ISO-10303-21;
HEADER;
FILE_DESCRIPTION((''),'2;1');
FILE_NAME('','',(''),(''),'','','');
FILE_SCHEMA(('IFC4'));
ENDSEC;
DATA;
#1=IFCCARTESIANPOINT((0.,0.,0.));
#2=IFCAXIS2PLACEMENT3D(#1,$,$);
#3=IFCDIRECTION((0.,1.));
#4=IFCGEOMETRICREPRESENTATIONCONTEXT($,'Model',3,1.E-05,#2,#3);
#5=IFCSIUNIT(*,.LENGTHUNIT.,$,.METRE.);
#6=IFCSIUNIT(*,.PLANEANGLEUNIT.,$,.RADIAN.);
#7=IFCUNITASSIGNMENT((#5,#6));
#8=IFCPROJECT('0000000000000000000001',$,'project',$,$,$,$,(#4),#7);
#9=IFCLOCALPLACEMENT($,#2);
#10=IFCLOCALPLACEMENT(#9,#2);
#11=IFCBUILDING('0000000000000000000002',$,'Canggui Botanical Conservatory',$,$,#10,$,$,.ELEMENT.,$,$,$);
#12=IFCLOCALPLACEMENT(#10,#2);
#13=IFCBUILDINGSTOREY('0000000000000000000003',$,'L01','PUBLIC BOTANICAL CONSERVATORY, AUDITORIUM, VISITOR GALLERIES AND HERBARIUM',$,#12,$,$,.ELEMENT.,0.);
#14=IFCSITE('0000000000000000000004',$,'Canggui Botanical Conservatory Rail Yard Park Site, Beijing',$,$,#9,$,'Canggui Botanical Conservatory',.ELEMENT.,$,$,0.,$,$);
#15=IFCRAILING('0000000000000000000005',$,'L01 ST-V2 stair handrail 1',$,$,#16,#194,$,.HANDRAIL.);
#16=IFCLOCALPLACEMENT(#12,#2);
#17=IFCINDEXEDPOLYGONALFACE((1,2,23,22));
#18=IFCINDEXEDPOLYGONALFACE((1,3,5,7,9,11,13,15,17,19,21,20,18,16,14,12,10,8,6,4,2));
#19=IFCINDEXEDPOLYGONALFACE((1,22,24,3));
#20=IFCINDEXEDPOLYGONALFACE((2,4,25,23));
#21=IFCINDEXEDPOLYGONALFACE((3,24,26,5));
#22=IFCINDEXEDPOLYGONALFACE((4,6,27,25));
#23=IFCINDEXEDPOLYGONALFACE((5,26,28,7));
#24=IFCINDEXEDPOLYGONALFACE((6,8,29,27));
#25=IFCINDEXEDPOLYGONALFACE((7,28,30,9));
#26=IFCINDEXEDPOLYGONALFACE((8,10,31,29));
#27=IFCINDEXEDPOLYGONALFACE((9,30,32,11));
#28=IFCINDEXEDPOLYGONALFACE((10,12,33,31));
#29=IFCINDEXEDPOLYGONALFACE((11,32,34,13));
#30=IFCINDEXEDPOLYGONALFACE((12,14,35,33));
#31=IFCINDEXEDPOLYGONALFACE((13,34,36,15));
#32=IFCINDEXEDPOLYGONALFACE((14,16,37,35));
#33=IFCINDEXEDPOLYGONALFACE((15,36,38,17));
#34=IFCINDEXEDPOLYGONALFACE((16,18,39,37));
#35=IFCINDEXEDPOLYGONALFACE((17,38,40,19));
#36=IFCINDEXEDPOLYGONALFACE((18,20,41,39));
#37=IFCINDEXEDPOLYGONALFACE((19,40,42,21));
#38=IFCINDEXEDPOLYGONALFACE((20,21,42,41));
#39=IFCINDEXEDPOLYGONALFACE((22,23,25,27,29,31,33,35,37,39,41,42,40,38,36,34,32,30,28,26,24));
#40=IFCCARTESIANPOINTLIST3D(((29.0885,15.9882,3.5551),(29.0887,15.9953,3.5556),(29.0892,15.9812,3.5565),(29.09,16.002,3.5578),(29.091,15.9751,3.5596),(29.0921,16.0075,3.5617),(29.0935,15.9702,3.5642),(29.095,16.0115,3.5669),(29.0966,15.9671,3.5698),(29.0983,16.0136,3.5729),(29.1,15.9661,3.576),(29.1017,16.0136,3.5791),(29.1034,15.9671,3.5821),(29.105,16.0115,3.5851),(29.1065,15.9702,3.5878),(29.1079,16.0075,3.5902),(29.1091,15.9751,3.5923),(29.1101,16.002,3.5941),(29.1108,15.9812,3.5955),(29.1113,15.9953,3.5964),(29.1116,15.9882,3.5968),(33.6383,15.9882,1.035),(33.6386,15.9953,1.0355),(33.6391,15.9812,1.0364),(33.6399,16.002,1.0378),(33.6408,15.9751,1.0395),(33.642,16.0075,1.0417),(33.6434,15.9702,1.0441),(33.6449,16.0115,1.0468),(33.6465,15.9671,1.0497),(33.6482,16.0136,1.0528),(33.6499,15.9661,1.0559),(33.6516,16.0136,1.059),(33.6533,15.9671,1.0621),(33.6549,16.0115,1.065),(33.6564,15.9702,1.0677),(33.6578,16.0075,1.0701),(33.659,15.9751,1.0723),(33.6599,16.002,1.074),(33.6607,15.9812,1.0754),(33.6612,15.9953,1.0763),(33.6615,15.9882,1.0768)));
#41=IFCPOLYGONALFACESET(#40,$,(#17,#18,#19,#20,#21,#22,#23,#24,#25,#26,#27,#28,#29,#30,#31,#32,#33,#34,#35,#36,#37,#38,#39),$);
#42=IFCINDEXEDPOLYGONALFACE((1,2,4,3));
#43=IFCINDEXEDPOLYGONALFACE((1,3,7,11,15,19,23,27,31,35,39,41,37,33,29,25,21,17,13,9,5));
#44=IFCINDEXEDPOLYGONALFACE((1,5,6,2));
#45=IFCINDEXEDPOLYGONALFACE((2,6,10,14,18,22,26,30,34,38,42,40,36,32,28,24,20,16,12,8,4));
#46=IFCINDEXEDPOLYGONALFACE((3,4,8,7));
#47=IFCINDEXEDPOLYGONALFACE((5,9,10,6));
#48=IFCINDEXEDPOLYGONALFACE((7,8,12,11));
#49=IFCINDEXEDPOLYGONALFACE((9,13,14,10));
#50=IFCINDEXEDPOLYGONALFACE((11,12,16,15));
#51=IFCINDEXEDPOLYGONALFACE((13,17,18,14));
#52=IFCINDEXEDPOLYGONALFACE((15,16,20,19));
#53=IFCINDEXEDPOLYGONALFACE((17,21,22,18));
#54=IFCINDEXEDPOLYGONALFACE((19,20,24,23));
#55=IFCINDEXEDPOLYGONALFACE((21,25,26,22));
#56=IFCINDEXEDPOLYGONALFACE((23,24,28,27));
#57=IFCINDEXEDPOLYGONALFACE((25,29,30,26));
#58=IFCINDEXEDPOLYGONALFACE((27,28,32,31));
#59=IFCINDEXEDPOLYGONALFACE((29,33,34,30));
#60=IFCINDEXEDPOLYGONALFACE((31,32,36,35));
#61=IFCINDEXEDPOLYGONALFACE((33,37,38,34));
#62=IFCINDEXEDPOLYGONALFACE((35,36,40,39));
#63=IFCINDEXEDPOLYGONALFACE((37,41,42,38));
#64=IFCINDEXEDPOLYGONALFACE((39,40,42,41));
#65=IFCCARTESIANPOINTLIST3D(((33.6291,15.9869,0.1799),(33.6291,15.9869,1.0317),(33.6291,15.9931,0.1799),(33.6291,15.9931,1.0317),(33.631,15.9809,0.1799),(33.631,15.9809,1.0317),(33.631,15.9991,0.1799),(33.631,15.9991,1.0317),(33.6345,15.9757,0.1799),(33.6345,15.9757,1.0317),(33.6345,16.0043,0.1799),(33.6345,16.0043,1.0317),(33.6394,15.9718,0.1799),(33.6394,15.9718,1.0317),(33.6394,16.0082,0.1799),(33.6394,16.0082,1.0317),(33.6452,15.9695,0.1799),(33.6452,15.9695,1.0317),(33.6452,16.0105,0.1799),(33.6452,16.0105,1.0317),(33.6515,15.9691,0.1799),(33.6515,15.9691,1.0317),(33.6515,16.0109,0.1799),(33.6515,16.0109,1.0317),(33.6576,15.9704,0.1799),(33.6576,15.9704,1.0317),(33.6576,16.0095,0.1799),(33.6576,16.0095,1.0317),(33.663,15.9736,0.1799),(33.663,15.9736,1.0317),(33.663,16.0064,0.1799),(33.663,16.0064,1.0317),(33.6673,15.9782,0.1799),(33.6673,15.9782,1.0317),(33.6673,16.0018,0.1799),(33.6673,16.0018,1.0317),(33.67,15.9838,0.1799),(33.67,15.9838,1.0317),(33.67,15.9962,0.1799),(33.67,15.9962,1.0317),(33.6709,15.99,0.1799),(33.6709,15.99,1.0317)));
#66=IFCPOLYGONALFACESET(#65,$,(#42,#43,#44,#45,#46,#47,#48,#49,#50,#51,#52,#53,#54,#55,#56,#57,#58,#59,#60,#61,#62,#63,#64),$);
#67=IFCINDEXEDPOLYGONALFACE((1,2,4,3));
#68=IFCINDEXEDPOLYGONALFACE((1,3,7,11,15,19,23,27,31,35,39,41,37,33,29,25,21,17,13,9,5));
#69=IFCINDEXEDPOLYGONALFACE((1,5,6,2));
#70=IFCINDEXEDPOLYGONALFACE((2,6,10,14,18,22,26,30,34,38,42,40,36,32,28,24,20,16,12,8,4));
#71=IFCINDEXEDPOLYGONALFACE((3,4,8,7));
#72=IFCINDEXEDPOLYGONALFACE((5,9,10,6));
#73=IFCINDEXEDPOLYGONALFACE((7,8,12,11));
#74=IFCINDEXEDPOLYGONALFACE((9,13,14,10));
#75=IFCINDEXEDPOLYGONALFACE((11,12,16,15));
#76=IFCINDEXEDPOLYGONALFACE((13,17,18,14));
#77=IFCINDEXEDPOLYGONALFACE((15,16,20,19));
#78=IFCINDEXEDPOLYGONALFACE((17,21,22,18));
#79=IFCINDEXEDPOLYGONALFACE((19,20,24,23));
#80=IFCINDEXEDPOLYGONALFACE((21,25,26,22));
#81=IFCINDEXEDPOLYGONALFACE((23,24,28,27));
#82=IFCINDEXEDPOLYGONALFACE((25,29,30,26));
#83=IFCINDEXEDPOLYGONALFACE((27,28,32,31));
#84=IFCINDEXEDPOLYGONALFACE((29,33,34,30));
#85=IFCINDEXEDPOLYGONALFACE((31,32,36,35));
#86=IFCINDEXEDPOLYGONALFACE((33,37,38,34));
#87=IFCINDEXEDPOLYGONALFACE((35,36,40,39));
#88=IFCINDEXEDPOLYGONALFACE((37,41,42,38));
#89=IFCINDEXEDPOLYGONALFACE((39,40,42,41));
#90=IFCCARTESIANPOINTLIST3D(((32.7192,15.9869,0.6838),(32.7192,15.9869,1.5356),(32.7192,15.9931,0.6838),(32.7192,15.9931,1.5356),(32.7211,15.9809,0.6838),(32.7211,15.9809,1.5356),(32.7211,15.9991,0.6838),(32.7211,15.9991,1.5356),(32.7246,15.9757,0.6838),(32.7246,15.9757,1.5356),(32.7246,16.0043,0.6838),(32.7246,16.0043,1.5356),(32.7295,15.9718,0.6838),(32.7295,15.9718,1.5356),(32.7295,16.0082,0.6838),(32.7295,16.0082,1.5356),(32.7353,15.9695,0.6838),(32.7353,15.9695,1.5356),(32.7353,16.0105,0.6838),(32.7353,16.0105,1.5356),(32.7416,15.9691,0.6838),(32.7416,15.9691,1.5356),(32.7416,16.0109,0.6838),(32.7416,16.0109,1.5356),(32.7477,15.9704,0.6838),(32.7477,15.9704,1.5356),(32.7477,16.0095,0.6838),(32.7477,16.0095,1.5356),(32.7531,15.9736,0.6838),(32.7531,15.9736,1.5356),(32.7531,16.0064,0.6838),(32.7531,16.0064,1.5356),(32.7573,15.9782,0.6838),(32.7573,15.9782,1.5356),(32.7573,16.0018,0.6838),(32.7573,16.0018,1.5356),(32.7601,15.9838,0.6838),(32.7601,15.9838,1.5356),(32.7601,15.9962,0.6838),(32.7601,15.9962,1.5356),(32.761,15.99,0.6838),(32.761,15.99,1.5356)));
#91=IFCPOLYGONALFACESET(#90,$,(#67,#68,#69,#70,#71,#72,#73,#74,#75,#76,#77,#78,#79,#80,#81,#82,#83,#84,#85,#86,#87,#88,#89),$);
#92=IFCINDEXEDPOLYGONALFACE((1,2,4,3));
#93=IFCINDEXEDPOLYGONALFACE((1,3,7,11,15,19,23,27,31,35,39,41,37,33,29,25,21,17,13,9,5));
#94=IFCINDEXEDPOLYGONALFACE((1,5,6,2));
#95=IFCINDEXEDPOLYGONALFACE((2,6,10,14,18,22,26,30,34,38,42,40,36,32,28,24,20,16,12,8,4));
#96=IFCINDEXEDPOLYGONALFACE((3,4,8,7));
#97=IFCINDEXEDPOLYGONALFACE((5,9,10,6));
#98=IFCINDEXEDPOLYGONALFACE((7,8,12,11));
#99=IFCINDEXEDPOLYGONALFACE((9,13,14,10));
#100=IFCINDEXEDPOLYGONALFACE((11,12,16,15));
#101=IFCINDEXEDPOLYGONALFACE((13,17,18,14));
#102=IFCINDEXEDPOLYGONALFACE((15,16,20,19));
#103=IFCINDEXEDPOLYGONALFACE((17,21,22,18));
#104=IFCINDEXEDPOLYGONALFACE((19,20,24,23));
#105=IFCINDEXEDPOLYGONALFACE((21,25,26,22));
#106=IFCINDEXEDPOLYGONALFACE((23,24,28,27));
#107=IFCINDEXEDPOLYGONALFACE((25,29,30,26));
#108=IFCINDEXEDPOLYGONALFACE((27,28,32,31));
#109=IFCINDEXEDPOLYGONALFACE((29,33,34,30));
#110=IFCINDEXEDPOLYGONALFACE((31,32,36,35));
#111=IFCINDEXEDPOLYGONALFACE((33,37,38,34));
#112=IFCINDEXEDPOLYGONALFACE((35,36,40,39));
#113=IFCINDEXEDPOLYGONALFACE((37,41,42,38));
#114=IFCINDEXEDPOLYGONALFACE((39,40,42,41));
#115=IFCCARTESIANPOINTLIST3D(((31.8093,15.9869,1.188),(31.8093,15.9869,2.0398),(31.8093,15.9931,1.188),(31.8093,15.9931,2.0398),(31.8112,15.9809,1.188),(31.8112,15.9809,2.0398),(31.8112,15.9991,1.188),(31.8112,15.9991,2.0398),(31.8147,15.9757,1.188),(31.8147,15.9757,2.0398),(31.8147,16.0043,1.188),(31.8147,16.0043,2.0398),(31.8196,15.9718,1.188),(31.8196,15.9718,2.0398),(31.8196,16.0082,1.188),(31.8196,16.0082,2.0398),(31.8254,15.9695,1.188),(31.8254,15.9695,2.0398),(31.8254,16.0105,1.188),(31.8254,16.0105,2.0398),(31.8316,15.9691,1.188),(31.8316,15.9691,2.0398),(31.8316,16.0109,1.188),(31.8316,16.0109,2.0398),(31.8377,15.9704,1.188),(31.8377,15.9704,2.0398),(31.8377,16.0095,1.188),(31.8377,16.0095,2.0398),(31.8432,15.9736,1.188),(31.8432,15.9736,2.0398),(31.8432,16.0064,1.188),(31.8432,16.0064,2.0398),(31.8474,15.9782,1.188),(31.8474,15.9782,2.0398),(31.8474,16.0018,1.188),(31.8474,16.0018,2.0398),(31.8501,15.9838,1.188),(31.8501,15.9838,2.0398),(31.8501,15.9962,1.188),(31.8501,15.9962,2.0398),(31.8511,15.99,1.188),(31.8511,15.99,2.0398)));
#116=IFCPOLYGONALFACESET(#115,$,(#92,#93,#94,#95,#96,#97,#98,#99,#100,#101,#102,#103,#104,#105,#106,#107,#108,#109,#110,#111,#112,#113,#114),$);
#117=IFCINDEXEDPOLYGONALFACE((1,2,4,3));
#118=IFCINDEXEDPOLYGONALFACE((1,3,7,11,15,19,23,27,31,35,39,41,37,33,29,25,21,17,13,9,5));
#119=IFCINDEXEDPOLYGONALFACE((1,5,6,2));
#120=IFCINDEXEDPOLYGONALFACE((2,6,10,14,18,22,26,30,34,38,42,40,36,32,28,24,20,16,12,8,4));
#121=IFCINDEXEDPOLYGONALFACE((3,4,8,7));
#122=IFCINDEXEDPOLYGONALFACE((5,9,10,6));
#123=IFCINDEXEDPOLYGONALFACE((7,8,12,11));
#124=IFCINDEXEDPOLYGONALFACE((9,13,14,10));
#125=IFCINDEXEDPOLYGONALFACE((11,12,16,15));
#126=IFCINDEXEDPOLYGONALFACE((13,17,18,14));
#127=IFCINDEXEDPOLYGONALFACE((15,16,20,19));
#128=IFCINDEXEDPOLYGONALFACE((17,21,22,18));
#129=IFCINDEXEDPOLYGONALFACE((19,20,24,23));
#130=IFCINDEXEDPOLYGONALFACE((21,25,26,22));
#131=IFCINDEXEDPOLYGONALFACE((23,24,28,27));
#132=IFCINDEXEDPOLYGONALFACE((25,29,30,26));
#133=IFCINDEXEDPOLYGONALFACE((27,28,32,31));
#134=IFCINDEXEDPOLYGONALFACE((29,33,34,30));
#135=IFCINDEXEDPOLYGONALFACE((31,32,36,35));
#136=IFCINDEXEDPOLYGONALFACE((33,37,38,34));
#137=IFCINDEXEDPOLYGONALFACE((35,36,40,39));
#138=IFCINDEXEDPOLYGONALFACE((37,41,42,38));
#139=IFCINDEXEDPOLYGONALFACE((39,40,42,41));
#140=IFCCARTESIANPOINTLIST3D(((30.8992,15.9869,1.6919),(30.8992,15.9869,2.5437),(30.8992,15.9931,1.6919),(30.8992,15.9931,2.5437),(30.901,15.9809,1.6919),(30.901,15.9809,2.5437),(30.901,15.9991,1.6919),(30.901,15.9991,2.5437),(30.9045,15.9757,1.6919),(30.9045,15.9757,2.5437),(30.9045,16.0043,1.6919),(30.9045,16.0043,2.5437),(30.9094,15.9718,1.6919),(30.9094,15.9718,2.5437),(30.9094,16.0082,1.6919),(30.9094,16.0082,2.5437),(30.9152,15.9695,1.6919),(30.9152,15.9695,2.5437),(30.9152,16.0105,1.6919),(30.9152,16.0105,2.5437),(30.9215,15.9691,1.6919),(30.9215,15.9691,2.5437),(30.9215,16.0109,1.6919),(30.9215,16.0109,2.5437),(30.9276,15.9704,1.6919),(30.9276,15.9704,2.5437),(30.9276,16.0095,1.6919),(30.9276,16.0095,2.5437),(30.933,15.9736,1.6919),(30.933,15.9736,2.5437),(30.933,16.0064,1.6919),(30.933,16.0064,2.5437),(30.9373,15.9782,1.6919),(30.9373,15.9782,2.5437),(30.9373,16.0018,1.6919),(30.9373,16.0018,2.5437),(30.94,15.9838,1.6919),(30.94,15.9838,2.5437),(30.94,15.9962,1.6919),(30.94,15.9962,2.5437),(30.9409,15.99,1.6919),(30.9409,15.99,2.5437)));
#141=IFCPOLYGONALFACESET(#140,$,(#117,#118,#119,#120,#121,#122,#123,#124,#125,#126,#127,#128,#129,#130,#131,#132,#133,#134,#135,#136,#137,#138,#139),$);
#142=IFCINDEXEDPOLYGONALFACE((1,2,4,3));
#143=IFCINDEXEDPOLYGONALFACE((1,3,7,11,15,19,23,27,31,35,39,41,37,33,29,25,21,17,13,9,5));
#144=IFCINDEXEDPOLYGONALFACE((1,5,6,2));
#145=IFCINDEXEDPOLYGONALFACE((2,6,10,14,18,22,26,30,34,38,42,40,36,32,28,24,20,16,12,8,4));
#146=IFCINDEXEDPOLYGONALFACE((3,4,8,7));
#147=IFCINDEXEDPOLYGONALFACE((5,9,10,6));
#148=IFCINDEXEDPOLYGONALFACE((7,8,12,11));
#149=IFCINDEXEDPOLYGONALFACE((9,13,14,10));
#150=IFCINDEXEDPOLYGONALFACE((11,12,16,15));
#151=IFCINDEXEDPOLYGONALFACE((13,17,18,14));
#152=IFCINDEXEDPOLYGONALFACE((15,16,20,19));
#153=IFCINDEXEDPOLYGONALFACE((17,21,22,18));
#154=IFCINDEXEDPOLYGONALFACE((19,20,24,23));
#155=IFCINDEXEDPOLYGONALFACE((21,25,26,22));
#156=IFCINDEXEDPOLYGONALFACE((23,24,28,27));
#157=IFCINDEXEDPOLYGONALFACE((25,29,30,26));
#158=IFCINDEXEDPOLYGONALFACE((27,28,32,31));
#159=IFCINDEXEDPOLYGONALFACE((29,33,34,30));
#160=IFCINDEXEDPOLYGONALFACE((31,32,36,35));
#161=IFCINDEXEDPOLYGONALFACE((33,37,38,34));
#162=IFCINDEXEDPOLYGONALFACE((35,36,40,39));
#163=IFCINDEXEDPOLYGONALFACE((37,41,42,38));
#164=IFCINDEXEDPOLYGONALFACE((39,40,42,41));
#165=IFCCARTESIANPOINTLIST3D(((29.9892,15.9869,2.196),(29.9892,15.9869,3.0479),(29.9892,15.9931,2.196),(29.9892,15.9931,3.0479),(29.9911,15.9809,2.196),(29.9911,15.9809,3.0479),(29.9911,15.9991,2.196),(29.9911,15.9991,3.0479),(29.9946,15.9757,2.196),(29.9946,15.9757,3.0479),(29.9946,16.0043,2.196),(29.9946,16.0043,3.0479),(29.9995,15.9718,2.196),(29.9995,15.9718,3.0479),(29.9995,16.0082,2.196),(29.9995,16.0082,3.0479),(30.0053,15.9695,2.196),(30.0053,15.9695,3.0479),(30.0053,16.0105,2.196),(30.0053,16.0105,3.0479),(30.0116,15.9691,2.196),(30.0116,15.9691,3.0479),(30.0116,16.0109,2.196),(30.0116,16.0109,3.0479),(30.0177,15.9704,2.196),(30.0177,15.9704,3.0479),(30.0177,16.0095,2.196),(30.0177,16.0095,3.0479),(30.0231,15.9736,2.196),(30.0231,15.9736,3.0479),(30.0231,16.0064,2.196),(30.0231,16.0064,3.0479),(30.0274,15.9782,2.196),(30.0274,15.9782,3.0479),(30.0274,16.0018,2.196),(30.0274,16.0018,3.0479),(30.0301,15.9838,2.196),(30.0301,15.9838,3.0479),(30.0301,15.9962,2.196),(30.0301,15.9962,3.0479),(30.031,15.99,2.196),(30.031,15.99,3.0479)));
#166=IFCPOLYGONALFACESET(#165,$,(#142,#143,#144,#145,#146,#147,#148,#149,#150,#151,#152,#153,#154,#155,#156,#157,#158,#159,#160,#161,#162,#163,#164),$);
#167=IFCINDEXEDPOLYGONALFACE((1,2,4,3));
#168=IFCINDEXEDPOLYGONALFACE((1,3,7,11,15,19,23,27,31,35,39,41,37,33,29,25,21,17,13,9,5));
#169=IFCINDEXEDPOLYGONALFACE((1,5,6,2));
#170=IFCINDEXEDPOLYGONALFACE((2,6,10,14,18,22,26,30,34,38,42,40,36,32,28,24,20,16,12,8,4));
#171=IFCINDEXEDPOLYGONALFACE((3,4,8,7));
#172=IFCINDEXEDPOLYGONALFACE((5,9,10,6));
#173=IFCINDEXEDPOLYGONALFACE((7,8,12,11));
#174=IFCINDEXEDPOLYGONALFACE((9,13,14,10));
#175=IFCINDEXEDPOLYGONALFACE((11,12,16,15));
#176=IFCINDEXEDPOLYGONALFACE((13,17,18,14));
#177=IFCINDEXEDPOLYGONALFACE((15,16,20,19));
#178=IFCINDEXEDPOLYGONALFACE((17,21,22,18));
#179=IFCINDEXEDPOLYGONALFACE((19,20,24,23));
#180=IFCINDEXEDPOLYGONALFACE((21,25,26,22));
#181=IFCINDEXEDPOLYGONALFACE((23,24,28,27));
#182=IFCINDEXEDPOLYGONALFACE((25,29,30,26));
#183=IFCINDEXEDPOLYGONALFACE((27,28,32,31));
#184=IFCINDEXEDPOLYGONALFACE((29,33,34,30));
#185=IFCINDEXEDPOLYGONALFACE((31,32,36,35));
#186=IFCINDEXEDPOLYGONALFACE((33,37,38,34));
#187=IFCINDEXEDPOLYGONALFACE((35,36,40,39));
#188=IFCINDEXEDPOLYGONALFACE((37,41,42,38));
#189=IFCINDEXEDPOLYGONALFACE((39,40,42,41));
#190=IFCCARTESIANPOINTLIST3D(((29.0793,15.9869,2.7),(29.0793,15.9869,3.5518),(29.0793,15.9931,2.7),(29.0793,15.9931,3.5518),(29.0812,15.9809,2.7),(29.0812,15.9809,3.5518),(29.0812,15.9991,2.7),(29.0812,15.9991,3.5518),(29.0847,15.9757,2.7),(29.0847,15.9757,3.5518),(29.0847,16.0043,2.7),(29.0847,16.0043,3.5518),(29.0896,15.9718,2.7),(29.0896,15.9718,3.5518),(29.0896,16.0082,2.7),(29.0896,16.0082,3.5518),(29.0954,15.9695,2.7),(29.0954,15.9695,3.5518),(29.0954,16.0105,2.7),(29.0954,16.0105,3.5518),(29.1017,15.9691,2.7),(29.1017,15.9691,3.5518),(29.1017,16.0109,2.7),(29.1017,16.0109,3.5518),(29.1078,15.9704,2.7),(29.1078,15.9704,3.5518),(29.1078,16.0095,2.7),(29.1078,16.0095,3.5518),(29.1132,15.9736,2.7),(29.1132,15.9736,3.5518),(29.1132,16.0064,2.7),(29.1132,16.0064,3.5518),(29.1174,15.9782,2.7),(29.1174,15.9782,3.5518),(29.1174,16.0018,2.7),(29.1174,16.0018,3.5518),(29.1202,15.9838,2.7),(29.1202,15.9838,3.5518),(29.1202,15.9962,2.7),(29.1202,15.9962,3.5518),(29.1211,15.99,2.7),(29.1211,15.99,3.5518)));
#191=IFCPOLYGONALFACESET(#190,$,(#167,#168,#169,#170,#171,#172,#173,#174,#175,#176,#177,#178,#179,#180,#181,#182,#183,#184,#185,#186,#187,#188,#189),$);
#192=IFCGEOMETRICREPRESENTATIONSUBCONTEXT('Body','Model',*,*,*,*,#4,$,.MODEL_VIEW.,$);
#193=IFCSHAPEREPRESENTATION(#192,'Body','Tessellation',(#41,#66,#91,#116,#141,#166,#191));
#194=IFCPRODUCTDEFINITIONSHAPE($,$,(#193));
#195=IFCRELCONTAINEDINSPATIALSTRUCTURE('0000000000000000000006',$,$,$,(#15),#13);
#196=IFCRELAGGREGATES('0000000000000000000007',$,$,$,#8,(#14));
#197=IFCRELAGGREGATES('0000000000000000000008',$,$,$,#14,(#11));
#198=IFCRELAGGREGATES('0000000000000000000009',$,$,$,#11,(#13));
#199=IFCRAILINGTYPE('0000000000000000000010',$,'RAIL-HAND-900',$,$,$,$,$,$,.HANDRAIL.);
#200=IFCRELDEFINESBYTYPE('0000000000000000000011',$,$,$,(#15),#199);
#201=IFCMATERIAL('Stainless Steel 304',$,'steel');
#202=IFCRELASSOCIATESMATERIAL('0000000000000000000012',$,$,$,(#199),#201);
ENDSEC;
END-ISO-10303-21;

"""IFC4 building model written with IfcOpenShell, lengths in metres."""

from ifc_helpers import new_model, si_unit, direction, frame, origin, origin_2d, place, context, subcontext, project, spatial, circle, extrude, material, type_object, element, save


model = new_model("IFC4")

# Units and contexts
model_context = context("Model", 3, precision=1e-05, world=origin(), true_north=direction((0.0, 1.0)))
body_context = subcontext(model_context, "Body", "Model", "MODEL_VIEW")
ifc_project = project(units=[si_unit("LENGTHUNIT", "METRE"), si_unit("PLANEANGLEUNIT", "RADIAN")], contexts=[model_context])

# Site, building, storey
site_placement = place(None, origin())
site = spatial("IfcSite", under=ifc_project, at=site_placement, Name="Canggui Botanical Conservatory Rail Yard Park Site, Beijing", LongName="Canggui Botanical Conservatory", CompositionType="ELEMENT", RefElevation=0.0)
building_placement = place(site_placement, origin())
building = spatial("IfcBuilding", under=site, at=building_placement, Name="Canggui Botanical Conservatory", CompositionType="ELEMENT")
storey_placement = place(building_placement, origin())
storey = spatial("IfcBuildingStorey", under=building, at=storey_placement, Name="L01", Description="PUBLIC BOTANICAL CONSERVATORY, AUDITORIUM, VISITOR GALLERIES AND HERBARIUM", CompositionType="ELEMENT", Elevation=0.0)

# Railing
ifc_material_1 = material(Name="Stainless Steel 304", Category="steel")
railing_type_1 = type_object("IfcRailingType", Name="RAIL-HAND-900", PredefinedType="HANDRAIL", material=ifc_material_1)
railing_1_placement = place(storey_placement, frame((33.6499, 15.99, 0.1799)))
element("IfcRailing", 1, at=railing_1_placement, inside=storey, type_object=railing_type_1, Name="L01 ST-V2 stair handrail 1", PredefinedType="HANDRAIL", context=body_context, shape_type="SweptSolid", body=[
    extrude(circle(Radius=0.0239, at=origin_2d()), frame((0.0, 0.0, 0.876), z_axis=(-0.874781, 0.0, 0.484519), x_axis=(0.0, -1.0, 0.0)), (0.0, 0.0, 1.0), 5.2012),
    extrude(circle(Radius=0.021, at=origin_2d()), origin(), (0.0, 0.0, 1.0), 0.8518),
    extrude(circle(Radius=0.021, at=origin_2d()), frame((-0.9099, 0.0, 0.5039)), (0.0, 0.0, 1.0), 0.8518),
    extrude(circle(Radius=0.021, at=origin_2d()), frame((-1.8198, 0.0, 1.0081)), (0.0, 0.0, 1.0), 0.8518),
    extrude(circle(Radius=0.021, at=origin_2d()), frame((-2.73, 0.0, 1.512)), (0.0, 0.0, 1.0), 0.8518),
    extrude(circle(Radius=0.021, at=origin_2d()), frame((-3.6399, 0.0, 2.0161)), (0.0, 0.0, 1.0), 0.8518),
    extrude(circle(Radius=0.021, at=origin_2d()), frame((-4.5498, 0.0, 2.52)), (0.0, 0.0, 1.0), 0.8518),
])

save(model, "model.ifc")
